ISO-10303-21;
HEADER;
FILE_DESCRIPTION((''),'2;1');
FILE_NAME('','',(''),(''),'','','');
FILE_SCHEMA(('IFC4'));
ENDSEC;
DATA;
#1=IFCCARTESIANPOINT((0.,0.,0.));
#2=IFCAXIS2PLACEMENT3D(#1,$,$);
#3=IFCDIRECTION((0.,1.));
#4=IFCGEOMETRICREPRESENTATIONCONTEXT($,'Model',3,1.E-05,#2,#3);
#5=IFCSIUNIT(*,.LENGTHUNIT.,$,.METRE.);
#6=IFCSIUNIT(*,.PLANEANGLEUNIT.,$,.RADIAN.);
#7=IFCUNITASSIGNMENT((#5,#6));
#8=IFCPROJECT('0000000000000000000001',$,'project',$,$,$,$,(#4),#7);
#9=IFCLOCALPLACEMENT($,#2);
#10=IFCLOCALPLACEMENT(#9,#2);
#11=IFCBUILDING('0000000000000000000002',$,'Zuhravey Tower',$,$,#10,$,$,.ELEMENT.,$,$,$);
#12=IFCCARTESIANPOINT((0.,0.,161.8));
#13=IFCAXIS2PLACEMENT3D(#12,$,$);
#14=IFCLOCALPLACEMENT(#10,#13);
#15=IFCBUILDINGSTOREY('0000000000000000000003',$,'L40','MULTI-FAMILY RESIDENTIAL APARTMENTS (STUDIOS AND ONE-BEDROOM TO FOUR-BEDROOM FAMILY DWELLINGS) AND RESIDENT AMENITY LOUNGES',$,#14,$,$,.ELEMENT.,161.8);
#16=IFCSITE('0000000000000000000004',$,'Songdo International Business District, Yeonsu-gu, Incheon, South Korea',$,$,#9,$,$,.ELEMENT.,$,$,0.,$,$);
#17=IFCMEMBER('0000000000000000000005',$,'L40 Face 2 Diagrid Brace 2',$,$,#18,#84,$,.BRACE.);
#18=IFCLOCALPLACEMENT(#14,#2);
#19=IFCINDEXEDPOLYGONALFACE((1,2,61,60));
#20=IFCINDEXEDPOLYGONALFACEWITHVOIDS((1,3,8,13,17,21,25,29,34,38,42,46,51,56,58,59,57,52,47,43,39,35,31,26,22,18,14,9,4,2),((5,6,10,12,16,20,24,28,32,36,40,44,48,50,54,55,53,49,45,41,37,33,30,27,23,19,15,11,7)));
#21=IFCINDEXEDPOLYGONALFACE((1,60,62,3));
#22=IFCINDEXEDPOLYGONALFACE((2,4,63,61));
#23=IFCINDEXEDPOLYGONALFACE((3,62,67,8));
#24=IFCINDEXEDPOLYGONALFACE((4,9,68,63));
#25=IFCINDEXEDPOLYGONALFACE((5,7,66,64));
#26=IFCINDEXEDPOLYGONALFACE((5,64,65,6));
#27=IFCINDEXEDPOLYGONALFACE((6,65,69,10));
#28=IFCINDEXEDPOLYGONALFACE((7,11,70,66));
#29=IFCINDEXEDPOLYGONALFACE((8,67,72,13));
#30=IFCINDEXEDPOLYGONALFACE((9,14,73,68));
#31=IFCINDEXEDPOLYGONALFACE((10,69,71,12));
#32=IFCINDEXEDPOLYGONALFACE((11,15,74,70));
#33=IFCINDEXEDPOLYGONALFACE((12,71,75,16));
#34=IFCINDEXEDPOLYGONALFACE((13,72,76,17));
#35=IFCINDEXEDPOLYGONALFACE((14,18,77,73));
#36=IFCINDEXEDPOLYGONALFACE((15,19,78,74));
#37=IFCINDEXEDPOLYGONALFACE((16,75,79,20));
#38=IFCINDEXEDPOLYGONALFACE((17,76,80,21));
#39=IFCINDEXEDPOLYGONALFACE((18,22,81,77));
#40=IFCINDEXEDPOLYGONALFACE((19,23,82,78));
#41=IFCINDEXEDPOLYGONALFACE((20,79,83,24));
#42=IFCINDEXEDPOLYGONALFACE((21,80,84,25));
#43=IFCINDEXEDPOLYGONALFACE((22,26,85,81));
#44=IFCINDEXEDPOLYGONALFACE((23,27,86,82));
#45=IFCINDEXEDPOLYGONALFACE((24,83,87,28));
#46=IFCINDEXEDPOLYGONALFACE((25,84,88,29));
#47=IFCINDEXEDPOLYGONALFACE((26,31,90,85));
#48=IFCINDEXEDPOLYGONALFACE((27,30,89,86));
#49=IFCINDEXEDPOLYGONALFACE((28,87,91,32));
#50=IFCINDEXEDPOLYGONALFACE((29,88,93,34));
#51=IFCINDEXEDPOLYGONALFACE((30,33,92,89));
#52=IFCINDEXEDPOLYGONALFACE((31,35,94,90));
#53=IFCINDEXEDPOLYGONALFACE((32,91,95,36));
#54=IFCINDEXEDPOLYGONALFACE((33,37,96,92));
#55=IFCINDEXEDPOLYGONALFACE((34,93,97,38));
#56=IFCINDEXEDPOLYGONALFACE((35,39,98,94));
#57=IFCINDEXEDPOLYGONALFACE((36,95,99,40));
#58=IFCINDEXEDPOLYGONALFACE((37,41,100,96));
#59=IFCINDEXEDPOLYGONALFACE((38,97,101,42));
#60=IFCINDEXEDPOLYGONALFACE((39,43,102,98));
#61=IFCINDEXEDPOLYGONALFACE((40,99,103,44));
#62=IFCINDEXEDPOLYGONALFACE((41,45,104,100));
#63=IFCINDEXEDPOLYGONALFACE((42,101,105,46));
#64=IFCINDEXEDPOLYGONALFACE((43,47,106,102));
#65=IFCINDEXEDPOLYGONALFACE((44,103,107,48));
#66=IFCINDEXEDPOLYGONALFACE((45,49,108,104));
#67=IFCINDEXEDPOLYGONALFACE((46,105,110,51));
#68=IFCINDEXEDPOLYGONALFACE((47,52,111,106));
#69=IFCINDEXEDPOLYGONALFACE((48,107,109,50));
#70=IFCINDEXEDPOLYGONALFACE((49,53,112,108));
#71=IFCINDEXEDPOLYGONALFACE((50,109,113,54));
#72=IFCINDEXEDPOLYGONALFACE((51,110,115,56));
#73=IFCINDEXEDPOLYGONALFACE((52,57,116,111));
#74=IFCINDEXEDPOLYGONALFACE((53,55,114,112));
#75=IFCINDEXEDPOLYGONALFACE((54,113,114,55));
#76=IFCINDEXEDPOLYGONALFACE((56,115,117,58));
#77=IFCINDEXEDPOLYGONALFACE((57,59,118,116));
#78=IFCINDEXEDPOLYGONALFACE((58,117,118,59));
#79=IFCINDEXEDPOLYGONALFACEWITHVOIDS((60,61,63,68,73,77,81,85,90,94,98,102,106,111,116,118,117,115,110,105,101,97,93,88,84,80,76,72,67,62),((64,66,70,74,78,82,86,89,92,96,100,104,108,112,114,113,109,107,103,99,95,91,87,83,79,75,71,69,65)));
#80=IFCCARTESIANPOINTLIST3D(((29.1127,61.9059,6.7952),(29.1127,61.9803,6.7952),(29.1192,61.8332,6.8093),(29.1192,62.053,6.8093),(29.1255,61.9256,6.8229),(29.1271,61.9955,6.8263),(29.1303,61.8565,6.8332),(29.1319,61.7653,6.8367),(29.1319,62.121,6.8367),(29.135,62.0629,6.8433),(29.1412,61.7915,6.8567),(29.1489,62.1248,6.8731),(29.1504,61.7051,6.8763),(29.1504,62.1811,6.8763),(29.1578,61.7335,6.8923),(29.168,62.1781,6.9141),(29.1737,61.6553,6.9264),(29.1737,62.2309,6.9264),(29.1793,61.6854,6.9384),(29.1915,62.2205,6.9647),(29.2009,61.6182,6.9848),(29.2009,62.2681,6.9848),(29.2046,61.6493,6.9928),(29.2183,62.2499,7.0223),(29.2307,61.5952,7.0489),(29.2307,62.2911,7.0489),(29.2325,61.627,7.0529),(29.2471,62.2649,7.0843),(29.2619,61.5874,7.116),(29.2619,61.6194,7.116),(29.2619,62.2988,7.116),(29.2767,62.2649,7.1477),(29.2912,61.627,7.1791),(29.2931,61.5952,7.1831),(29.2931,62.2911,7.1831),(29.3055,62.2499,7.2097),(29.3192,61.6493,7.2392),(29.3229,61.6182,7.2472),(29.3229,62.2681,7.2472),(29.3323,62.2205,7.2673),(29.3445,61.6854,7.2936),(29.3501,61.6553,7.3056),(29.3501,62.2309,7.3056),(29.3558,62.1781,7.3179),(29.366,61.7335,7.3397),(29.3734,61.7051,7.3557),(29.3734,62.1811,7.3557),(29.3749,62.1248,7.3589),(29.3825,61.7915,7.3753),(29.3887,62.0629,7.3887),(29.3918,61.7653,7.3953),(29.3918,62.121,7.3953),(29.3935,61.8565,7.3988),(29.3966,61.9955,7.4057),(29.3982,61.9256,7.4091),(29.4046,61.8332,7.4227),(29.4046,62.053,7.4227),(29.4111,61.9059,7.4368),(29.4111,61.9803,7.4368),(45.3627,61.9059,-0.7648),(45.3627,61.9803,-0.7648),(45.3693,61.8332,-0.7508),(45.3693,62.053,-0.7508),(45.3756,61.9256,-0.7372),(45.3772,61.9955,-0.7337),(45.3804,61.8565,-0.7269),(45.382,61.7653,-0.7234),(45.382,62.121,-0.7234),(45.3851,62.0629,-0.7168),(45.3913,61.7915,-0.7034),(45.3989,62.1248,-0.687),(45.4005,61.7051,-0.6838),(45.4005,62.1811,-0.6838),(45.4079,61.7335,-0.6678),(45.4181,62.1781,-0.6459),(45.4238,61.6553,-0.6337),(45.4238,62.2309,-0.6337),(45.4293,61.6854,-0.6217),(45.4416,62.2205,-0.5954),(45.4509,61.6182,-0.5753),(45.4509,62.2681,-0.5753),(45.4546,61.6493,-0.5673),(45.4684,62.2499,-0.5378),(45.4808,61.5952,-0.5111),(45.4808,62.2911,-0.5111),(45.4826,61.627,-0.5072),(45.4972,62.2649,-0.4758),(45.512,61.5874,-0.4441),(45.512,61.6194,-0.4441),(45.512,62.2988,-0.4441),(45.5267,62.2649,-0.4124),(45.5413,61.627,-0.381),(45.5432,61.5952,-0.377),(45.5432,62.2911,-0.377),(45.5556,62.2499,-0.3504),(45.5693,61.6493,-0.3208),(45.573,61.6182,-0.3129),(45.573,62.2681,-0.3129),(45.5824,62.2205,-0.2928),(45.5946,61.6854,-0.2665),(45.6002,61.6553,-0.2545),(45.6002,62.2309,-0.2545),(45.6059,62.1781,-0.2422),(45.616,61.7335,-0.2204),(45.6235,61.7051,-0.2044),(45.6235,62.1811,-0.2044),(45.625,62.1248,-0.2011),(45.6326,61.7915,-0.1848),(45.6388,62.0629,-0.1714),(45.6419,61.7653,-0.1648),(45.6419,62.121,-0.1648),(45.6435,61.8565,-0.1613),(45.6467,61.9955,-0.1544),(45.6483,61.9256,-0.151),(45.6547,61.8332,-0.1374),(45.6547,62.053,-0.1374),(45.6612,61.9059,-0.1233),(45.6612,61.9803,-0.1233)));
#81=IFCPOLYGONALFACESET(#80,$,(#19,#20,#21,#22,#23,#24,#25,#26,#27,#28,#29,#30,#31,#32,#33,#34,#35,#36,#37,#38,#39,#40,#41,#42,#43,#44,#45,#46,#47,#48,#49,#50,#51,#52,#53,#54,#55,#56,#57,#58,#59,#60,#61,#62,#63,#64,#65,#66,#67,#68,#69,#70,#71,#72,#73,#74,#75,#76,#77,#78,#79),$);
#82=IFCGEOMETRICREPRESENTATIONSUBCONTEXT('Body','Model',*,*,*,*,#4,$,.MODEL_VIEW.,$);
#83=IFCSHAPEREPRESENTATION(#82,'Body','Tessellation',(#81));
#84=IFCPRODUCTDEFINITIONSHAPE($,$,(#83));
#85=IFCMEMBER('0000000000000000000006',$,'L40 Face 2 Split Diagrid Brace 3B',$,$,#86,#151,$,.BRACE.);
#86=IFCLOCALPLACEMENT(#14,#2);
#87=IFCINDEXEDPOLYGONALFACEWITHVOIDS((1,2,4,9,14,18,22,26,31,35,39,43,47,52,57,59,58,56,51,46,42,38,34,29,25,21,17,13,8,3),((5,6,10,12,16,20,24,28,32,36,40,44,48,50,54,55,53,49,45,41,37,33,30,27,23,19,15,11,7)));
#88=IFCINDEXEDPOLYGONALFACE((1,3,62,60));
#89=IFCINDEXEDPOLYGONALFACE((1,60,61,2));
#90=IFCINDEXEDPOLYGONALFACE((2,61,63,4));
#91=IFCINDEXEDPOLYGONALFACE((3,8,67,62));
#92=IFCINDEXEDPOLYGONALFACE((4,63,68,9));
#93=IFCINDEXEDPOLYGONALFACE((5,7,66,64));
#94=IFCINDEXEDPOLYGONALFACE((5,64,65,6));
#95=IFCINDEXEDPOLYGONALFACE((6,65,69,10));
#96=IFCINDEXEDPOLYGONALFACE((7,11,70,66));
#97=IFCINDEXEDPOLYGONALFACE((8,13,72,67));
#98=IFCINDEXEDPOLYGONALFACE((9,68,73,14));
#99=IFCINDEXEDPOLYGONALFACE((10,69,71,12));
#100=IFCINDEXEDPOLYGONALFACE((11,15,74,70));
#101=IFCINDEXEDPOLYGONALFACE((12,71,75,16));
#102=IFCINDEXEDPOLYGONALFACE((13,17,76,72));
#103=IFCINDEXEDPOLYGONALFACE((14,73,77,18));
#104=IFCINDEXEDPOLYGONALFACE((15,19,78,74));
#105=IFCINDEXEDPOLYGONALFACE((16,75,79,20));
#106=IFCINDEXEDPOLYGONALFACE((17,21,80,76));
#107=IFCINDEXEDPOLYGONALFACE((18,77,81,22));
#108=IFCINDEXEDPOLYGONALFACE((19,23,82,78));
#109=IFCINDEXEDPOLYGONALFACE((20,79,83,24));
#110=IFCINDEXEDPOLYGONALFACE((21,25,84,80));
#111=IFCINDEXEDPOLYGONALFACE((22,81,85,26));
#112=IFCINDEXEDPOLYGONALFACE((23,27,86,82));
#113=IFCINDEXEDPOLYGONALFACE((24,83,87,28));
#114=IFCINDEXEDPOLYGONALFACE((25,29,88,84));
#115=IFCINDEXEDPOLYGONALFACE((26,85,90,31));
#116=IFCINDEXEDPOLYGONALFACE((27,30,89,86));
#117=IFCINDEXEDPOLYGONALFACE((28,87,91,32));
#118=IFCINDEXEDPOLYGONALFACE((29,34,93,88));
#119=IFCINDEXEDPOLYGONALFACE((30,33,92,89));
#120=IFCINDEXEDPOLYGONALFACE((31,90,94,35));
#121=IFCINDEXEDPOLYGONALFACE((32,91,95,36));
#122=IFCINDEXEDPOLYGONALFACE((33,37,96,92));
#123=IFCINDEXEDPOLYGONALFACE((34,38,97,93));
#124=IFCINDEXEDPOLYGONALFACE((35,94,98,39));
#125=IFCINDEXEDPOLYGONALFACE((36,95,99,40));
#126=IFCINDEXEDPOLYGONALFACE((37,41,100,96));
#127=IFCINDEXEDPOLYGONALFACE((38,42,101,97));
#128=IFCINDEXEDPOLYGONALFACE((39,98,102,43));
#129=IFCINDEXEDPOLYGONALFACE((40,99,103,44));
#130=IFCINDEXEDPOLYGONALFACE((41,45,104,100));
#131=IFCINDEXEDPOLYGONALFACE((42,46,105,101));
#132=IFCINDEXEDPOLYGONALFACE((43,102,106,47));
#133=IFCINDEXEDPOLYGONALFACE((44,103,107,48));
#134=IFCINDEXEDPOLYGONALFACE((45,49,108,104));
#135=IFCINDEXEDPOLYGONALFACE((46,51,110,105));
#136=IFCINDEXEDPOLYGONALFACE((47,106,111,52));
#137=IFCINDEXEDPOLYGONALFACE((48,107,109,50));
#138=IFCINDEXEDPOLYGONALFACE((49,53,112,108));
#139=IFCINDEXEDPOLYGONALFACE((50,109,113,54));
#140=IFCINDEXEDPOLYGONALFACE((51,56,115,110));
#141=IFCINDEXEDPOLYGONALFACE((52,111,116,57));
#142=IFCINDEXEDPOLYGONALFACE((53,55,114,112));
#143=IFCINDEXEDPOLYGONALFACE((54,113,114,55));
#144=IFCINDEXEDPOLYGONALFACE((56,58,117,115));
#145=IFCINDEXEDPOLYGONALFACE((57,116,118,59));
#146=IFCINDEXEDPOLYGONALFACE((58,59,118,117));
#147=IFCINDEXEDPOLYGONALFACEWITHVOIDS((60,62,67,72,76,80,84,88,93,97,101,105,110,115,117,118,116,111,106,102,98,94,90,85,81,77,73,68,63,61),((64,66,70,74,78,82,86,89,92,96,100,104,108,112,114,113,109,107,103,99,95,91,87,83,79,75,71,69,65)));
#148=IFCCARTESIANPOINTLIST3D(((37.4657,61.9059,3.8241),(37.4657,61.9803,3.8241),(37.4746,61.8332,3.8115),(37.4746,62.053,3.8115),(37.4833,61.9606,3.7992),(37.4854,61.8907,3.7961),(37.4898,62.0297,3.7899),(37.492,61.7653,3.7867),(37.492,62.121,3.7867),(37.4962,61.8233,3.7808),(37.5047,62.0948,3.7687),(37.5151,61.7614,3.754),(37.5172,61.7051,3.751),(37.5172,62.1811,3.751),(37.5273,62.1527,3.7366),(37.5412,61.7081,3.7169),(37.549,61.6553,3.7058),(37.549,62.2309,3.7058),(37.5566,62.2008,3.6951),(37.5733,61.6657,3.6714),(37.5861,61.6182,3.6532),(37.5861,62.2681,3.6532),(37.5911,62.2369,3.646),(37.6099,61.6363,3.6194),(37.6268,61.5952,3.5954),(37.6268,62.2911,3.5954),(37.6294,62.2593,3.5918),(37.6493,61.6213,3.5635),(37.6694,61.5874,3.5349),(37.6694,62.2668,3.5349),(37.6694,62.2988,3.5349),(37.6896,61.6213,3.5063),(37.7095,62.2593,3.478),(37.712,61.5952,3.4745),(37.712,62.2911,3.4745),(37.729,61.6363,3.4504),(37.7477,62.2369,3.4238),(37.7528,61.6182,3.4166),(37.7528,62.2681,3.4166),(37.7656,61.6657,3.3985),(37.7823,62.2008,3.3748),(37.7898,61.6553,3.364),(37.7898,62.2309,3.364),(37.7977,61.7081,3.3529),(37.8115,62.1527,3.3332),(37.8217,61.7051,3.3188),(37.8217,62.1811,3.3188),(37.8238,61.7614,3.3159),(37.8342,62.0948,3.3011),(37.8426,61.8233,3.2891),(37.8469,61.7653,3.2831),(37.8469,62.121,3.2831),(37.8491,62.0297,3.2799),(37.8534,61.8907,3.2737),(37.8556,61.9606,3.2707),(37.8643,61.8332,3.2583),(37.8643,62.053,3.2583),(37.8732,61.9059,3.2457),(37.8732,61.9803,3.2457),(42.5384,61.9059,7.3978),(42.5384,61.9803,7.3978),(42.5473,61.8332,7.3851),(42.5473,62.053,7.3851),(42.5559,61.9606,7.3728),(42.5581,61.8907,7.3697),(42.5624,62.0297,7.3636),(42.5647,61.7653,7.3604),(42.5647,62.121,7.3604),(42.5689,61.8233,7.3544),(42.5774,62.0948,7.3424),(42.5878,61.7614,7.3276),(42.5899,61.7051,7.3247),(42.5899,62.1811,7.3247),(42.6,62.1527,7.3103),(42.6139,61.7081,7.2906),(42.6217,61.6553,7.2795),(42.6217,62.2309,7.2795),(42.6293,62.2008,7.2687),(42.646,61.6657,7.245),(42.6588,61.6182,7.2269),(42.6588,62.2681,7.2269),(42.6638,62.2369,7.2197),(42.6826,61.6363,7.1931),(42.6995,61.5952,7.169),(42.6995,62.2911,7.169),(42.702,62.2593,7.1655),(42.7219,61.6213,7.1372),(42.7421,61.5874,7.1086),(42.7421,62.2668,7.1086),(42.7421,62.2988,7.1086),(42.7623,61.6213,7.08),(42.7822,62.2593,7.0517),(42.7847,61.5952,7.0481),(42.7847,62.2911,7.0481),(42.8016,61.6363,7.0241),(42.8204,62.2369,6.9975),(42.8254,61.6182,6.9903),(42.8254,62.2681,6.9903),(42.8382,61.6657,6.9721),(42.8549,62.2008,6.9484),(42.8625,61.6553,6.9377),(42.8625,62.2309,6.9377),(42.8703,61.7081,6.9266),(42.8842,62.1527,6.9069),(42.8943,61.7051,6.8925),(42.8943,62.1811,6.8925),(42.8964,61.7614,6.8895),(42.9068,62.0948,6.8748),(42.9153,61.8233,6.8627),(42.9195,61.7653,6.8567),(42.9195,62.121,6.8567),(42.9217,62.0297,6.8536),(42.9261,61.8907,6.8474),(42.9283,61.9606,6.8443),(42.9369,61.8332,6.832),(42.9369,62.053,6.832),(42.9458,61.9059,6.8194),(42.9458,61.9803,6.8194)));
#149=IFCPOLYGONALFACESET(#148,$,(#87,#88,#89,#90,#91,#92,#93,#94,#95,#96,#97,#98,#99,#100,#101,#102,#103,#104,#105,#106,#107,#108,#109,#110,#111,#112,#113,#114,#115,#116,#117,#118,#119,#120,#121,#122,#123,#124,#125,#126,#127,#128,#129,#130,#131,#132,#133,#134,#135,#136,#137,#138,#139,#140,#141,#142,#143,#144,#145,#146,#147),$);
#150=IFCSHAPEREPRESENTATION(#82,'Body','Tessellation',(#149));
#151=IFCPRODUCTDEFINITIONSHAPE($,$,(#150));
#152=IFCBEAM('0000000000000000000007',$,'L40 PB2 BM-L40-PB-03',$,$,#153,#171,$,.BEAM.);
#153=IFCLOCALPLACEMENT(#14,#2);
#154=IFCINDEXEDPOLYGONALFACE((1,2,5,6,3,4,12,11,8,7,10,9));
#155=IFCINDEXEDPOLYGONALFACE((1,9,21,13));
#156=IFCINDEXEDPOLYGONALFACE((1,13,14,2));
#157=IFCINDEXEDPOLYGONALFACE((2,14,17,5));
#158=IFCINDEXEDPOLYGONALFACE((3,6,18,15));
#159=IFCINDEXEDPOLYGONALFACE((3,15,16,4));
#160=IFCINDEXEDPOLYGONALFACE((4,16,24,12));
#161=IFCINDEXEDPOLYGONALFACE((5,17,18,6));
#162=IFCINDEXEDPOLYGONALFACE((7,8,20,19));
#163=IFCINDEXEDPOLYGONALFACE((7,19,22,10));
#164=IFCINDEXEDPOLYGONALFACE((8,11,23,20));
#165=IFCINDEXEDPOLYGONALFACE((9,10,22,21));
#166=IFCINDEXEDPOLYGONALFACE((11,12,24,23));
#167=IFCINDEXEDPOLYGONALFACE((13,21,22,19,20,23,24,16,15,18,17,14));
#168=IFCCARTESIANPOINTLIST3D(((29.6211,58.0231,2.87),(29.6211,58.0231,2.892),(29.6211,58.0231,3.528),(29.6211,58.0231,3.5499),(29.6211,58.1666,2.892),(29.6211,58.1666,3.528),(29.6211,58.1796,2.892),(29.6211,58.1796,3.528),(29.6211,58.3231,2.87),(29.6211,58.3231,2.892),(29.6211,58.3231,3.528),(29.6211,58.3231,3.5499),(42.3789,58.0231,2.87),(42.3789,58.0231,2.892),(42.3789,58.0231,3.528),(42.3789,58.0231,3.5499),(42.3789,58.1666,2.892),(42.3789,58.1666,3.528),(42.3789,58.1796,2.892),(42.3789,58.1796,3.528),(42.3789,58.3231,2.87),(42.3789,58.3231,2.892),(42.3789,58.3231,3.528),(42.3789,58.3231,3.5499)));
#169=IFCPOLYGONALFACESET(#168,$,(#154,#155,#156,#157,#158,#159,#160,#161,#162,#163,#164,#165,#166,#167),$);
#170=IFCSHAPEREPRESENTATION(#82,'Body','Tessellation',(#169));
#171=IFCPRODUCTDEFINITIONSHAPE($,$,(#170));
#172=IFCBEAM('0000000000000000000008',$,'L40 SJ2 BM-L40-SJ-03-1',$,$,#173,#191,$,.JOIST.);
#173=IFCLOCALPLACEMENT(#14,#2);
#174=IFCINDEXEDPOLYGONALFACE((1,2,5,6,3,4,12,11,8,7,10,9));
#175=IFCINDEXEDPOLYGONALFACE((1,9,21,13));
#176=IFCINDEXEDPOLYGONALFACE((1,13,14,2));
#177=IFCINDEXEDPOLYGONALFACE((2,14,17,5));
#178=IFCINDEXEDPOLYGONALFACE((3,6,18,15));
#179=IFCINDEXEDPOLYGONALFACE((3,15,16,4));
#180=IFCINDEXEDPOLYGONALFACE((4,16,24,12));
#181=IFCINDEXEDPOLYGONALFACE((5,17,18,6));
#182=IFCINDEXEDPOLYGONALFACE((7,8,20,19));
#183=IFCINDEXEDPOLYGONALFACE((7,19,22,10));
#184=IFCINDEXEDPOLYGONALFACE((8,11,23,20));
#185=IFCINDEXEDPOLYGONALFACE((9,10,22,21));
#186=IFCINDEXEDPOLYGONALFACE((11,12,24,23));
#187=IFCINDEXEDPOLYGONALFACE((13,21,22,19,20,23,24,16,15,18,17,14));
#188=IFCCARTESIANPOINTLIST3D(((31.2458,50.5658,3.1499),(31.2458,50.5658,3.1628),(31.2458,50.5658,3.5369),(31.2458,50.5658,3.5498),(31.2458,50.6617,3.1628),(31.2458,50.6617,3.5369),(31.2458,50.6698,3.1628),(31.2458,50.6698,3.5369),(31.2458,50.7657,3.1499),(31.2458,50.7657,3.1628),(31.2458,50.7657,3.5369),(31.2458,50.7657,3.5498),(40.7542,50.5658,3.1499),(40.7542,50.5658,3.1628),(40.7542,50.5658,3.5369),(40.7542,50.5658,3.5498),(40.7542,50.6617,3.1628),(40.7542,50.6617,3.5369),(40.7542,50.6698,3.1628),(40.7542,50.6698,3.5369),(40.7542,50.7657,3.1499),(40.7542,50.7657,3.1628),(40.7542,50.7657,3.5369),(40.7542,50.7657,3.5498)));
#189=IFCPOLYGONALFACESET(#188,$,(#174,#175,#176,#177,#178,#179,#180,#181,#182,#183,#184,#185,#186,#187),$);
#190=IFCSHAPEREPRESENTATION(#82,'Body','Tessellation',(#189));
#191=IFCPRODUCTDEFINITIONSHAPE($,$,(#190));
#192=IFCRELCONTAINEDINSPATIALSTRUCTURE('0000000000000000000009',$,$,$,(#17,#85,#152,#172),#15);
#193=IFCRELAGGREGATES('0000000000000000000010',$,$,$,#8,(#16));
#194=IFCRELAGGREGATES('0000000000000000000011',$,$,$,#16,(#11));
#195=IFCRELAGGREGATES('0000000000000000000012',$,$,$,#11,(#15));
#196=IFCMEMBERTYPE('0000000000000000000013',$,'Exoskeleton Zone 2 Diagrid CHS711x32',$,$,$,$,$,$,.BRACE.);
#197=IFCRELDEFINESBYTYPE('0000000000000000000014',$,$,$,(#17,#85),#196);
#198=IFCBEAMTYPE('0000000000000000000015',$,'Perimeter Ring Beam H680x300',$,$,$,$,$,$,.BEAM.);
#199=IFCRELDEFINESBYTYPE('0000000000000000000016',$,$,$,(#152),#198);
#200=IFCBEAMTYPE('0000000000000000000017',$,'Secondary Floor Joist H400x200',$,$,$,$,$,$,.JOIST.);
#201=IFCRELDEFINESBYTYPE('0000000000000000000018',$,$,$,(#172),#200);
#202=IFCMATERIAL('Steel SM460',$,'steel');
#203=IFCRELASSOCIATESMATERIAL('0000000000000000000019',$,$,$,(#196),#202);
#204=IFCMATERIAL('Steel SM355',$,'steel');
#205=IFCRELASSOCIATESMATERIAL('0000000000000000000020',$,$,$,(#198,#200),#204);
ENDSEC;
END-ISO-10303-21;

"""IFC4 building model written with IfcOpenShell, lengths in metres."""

from ifc_helpers import new_model, si_unit, direction, frame, origin, origin_2d, place, context, subcontext, project, spatial, hollow_circle, i_section, extrude, material, material_profile, profile_set, type_object, element, save


model = new_model("IFC4")

# Units and contexts
model_context = context("Model", 3, precision=1e-05, world=origin(), true_north=direction((0.0, 1.0)))
body_context = subcontext(model_context, "Body", "Model", "MODEL_VIEW")
ifc_project = project(units=[si_unit("LENGTHUNIT", "METRE"), si_unit("PLANEANGLEUNIT", "RADIAN")], contexts=[model_context])

# Site, building, storey
site_placement = place(None, origin())
site = spatial("IfcSite", under=ifc_project, at=site_placement, Name="Songdo International Business District, Yeonsu-gu, Incheon, South Korea", CompositionType="ELEMENT", RefElevation=0.0)
building_placement = place(site_placement, origin())
building = spatial("IfcBuilding", under=site, at=building_placement, Name="Zuhravey Tower", CompositionType="ELEMENT")
storey_placement = place(building_placement, frame((0.0, 0.0, 161.8)))
storey = spatial("IfcBuildingStorey", under=building, at=storey_placement, Name="L40", Description="MULTI-FAMILY RESIDENTIAL APARTMENTS (STUDIOS AND ONE-BEDROOM TO FOUR-BEDROOM FAMILY DWELLINGS) AND RESIDENT AMENITY LOUNGES", CompositionType="ELEMENT", Elevation=161.8)

# Members
ifc_material_1 = material(Name="Steel SM355", Category="steel")
ifc_material_2 = material(Name="Steel SM460", Category="steel")
ifc_material_profile_1 = material_profile(ifc_material_2, hollow_circle(Radius=0.3557, WallThickness=0.032, at=origin_2d()), Name="CHS-711.2x32")
ifc_profile_set_1 = profile_set([ifc_material_profile_1], Name="Steel SM460")
member_type_1 = type_object("IfcMemberType", Name="Exoskeleton Zone 2 Diagrid CHS711x32", PredefinedType="BRACE", material=ifc_profile_set_1)
member_1_placement = place(storey_placement, frame((45.512, 61.9431, -0.4441), z_axis=(-0.90668, 0.0, 0.421819), x_axis=(0.0, -1.0, 0.0)))
element("IfcMember", 1, at=member_1_placement, inside=storey, type_object=member_type_1, Name="L40 Face 2 Diagrid Brace 2", PredefinedType="BRACE", context=body_context, shape_type="SweptSolid", body=[
    extrude(hollow_circle(Radius=0.3557, WallThickness=0.032, at=origin_2d()), origin(), (0.0, 0.0, 1.0), 17.9226),
])
member_2_placement = place(storey_placement, frame((37.6694, 61.9431, 3.5349), z_axis=(0.817502, 0.0, 0.575926), x_axis=(0.0, 1.0, 0.0)))
element("IfcMember", 2, at=member_2_placement, inside=storey, type_object=member_type_1, Name="L40 Face 2 Split Diagrid Brace 3B", PredefinedType="BRACE", context=body_context, shape_type="SweptSolid", body=[
    extrude(hollow_circle(Radius=0.3557, WallThickness=0.032, at=origin_2d()), origin(), (0.0, 0.0, 1.0), 6.2051),
])

# Beams
ifc_material_profile_2 = material_profile(ifc_material_1, i_section(OverallWidth=0.3, OverallDepth=0.6799, WebThickness=0.0129, FlangeThickness=0.022, at=origin_2d()), Name="H-680x300x13x22")
ifc_profile_set_2 = profile_set([ifc_material_profile_2], Name="Steel SM355")
beam_type_1 = type_object("IfcBeamType", Name="Perimeter Ring Beam H680x300", PredefinedType="BEAM", material=ifc_profile_set_2)
beam_1_placement = place(storey_placement, frame((42.3789, 58.1731, 3.21), z_axis=(-1.0, 0.0, 0.0), x_axis=(0.0, -1.0, 0.0)))
element("IfcBeam", 3, at=beam_1_placement, inside=storey, type_object=beam_type_1, Name="L40 PB2 BM-L40-PB-03", PredefinedType="BEAM", context=body_context, shape_type="SweptSolid", body=[
    extrude(i_section(OverallWidth=0.3, OverallDepth=0.6799, WebThickness=0.0129, FlangeThickness=0.022, at=origin_2d()), origin(), (0.0, 0.0, 1.0), 12.7578),
])
ifc_material_profile_3 = material_profile(ifc_material_1, i_section(OverallWidth=0.2, OverallDepth=0.3999, WebThickness=0.0081, FlangeThickness=0.0129, at=origin_2d()), Name="H-400x200x8x13")
ifc_profile_set_3 = profile_set([ifc_material_profile_3], Name="Steel SM355")
beam_type_2 = type_object("IfcBeamType", Name="Secondary Floor Joist H400x200", PredefinedType="JOIST", material=ifc_profile_set_3)
beam_2_placement = place(storey_placement, frame((40.7542, 50.6658, 3.3499), z_axis=(-1.0, 0.0, 0.0), x_axis=(0.0, -1.0, 0.0)))
element("IfcBeam", 4, at=beam_2_placement, inside=storey, type_object=beam_type_2, Name="L40 SJ2 BM-L40-SJ-03-1", PredefinedType="JOIST", context=body_context, shape_type="SweptSolid", body=[
    extrude(i_section(OverallWidth=0.2, OverallDepth=0.3999, WebThickness=0.0081, FlangeThickness=0.0129, at=origin_2d()), origin(), (0.0, 0.0, 1.0), 9.5083),
])

save(model, "model.ifc")
